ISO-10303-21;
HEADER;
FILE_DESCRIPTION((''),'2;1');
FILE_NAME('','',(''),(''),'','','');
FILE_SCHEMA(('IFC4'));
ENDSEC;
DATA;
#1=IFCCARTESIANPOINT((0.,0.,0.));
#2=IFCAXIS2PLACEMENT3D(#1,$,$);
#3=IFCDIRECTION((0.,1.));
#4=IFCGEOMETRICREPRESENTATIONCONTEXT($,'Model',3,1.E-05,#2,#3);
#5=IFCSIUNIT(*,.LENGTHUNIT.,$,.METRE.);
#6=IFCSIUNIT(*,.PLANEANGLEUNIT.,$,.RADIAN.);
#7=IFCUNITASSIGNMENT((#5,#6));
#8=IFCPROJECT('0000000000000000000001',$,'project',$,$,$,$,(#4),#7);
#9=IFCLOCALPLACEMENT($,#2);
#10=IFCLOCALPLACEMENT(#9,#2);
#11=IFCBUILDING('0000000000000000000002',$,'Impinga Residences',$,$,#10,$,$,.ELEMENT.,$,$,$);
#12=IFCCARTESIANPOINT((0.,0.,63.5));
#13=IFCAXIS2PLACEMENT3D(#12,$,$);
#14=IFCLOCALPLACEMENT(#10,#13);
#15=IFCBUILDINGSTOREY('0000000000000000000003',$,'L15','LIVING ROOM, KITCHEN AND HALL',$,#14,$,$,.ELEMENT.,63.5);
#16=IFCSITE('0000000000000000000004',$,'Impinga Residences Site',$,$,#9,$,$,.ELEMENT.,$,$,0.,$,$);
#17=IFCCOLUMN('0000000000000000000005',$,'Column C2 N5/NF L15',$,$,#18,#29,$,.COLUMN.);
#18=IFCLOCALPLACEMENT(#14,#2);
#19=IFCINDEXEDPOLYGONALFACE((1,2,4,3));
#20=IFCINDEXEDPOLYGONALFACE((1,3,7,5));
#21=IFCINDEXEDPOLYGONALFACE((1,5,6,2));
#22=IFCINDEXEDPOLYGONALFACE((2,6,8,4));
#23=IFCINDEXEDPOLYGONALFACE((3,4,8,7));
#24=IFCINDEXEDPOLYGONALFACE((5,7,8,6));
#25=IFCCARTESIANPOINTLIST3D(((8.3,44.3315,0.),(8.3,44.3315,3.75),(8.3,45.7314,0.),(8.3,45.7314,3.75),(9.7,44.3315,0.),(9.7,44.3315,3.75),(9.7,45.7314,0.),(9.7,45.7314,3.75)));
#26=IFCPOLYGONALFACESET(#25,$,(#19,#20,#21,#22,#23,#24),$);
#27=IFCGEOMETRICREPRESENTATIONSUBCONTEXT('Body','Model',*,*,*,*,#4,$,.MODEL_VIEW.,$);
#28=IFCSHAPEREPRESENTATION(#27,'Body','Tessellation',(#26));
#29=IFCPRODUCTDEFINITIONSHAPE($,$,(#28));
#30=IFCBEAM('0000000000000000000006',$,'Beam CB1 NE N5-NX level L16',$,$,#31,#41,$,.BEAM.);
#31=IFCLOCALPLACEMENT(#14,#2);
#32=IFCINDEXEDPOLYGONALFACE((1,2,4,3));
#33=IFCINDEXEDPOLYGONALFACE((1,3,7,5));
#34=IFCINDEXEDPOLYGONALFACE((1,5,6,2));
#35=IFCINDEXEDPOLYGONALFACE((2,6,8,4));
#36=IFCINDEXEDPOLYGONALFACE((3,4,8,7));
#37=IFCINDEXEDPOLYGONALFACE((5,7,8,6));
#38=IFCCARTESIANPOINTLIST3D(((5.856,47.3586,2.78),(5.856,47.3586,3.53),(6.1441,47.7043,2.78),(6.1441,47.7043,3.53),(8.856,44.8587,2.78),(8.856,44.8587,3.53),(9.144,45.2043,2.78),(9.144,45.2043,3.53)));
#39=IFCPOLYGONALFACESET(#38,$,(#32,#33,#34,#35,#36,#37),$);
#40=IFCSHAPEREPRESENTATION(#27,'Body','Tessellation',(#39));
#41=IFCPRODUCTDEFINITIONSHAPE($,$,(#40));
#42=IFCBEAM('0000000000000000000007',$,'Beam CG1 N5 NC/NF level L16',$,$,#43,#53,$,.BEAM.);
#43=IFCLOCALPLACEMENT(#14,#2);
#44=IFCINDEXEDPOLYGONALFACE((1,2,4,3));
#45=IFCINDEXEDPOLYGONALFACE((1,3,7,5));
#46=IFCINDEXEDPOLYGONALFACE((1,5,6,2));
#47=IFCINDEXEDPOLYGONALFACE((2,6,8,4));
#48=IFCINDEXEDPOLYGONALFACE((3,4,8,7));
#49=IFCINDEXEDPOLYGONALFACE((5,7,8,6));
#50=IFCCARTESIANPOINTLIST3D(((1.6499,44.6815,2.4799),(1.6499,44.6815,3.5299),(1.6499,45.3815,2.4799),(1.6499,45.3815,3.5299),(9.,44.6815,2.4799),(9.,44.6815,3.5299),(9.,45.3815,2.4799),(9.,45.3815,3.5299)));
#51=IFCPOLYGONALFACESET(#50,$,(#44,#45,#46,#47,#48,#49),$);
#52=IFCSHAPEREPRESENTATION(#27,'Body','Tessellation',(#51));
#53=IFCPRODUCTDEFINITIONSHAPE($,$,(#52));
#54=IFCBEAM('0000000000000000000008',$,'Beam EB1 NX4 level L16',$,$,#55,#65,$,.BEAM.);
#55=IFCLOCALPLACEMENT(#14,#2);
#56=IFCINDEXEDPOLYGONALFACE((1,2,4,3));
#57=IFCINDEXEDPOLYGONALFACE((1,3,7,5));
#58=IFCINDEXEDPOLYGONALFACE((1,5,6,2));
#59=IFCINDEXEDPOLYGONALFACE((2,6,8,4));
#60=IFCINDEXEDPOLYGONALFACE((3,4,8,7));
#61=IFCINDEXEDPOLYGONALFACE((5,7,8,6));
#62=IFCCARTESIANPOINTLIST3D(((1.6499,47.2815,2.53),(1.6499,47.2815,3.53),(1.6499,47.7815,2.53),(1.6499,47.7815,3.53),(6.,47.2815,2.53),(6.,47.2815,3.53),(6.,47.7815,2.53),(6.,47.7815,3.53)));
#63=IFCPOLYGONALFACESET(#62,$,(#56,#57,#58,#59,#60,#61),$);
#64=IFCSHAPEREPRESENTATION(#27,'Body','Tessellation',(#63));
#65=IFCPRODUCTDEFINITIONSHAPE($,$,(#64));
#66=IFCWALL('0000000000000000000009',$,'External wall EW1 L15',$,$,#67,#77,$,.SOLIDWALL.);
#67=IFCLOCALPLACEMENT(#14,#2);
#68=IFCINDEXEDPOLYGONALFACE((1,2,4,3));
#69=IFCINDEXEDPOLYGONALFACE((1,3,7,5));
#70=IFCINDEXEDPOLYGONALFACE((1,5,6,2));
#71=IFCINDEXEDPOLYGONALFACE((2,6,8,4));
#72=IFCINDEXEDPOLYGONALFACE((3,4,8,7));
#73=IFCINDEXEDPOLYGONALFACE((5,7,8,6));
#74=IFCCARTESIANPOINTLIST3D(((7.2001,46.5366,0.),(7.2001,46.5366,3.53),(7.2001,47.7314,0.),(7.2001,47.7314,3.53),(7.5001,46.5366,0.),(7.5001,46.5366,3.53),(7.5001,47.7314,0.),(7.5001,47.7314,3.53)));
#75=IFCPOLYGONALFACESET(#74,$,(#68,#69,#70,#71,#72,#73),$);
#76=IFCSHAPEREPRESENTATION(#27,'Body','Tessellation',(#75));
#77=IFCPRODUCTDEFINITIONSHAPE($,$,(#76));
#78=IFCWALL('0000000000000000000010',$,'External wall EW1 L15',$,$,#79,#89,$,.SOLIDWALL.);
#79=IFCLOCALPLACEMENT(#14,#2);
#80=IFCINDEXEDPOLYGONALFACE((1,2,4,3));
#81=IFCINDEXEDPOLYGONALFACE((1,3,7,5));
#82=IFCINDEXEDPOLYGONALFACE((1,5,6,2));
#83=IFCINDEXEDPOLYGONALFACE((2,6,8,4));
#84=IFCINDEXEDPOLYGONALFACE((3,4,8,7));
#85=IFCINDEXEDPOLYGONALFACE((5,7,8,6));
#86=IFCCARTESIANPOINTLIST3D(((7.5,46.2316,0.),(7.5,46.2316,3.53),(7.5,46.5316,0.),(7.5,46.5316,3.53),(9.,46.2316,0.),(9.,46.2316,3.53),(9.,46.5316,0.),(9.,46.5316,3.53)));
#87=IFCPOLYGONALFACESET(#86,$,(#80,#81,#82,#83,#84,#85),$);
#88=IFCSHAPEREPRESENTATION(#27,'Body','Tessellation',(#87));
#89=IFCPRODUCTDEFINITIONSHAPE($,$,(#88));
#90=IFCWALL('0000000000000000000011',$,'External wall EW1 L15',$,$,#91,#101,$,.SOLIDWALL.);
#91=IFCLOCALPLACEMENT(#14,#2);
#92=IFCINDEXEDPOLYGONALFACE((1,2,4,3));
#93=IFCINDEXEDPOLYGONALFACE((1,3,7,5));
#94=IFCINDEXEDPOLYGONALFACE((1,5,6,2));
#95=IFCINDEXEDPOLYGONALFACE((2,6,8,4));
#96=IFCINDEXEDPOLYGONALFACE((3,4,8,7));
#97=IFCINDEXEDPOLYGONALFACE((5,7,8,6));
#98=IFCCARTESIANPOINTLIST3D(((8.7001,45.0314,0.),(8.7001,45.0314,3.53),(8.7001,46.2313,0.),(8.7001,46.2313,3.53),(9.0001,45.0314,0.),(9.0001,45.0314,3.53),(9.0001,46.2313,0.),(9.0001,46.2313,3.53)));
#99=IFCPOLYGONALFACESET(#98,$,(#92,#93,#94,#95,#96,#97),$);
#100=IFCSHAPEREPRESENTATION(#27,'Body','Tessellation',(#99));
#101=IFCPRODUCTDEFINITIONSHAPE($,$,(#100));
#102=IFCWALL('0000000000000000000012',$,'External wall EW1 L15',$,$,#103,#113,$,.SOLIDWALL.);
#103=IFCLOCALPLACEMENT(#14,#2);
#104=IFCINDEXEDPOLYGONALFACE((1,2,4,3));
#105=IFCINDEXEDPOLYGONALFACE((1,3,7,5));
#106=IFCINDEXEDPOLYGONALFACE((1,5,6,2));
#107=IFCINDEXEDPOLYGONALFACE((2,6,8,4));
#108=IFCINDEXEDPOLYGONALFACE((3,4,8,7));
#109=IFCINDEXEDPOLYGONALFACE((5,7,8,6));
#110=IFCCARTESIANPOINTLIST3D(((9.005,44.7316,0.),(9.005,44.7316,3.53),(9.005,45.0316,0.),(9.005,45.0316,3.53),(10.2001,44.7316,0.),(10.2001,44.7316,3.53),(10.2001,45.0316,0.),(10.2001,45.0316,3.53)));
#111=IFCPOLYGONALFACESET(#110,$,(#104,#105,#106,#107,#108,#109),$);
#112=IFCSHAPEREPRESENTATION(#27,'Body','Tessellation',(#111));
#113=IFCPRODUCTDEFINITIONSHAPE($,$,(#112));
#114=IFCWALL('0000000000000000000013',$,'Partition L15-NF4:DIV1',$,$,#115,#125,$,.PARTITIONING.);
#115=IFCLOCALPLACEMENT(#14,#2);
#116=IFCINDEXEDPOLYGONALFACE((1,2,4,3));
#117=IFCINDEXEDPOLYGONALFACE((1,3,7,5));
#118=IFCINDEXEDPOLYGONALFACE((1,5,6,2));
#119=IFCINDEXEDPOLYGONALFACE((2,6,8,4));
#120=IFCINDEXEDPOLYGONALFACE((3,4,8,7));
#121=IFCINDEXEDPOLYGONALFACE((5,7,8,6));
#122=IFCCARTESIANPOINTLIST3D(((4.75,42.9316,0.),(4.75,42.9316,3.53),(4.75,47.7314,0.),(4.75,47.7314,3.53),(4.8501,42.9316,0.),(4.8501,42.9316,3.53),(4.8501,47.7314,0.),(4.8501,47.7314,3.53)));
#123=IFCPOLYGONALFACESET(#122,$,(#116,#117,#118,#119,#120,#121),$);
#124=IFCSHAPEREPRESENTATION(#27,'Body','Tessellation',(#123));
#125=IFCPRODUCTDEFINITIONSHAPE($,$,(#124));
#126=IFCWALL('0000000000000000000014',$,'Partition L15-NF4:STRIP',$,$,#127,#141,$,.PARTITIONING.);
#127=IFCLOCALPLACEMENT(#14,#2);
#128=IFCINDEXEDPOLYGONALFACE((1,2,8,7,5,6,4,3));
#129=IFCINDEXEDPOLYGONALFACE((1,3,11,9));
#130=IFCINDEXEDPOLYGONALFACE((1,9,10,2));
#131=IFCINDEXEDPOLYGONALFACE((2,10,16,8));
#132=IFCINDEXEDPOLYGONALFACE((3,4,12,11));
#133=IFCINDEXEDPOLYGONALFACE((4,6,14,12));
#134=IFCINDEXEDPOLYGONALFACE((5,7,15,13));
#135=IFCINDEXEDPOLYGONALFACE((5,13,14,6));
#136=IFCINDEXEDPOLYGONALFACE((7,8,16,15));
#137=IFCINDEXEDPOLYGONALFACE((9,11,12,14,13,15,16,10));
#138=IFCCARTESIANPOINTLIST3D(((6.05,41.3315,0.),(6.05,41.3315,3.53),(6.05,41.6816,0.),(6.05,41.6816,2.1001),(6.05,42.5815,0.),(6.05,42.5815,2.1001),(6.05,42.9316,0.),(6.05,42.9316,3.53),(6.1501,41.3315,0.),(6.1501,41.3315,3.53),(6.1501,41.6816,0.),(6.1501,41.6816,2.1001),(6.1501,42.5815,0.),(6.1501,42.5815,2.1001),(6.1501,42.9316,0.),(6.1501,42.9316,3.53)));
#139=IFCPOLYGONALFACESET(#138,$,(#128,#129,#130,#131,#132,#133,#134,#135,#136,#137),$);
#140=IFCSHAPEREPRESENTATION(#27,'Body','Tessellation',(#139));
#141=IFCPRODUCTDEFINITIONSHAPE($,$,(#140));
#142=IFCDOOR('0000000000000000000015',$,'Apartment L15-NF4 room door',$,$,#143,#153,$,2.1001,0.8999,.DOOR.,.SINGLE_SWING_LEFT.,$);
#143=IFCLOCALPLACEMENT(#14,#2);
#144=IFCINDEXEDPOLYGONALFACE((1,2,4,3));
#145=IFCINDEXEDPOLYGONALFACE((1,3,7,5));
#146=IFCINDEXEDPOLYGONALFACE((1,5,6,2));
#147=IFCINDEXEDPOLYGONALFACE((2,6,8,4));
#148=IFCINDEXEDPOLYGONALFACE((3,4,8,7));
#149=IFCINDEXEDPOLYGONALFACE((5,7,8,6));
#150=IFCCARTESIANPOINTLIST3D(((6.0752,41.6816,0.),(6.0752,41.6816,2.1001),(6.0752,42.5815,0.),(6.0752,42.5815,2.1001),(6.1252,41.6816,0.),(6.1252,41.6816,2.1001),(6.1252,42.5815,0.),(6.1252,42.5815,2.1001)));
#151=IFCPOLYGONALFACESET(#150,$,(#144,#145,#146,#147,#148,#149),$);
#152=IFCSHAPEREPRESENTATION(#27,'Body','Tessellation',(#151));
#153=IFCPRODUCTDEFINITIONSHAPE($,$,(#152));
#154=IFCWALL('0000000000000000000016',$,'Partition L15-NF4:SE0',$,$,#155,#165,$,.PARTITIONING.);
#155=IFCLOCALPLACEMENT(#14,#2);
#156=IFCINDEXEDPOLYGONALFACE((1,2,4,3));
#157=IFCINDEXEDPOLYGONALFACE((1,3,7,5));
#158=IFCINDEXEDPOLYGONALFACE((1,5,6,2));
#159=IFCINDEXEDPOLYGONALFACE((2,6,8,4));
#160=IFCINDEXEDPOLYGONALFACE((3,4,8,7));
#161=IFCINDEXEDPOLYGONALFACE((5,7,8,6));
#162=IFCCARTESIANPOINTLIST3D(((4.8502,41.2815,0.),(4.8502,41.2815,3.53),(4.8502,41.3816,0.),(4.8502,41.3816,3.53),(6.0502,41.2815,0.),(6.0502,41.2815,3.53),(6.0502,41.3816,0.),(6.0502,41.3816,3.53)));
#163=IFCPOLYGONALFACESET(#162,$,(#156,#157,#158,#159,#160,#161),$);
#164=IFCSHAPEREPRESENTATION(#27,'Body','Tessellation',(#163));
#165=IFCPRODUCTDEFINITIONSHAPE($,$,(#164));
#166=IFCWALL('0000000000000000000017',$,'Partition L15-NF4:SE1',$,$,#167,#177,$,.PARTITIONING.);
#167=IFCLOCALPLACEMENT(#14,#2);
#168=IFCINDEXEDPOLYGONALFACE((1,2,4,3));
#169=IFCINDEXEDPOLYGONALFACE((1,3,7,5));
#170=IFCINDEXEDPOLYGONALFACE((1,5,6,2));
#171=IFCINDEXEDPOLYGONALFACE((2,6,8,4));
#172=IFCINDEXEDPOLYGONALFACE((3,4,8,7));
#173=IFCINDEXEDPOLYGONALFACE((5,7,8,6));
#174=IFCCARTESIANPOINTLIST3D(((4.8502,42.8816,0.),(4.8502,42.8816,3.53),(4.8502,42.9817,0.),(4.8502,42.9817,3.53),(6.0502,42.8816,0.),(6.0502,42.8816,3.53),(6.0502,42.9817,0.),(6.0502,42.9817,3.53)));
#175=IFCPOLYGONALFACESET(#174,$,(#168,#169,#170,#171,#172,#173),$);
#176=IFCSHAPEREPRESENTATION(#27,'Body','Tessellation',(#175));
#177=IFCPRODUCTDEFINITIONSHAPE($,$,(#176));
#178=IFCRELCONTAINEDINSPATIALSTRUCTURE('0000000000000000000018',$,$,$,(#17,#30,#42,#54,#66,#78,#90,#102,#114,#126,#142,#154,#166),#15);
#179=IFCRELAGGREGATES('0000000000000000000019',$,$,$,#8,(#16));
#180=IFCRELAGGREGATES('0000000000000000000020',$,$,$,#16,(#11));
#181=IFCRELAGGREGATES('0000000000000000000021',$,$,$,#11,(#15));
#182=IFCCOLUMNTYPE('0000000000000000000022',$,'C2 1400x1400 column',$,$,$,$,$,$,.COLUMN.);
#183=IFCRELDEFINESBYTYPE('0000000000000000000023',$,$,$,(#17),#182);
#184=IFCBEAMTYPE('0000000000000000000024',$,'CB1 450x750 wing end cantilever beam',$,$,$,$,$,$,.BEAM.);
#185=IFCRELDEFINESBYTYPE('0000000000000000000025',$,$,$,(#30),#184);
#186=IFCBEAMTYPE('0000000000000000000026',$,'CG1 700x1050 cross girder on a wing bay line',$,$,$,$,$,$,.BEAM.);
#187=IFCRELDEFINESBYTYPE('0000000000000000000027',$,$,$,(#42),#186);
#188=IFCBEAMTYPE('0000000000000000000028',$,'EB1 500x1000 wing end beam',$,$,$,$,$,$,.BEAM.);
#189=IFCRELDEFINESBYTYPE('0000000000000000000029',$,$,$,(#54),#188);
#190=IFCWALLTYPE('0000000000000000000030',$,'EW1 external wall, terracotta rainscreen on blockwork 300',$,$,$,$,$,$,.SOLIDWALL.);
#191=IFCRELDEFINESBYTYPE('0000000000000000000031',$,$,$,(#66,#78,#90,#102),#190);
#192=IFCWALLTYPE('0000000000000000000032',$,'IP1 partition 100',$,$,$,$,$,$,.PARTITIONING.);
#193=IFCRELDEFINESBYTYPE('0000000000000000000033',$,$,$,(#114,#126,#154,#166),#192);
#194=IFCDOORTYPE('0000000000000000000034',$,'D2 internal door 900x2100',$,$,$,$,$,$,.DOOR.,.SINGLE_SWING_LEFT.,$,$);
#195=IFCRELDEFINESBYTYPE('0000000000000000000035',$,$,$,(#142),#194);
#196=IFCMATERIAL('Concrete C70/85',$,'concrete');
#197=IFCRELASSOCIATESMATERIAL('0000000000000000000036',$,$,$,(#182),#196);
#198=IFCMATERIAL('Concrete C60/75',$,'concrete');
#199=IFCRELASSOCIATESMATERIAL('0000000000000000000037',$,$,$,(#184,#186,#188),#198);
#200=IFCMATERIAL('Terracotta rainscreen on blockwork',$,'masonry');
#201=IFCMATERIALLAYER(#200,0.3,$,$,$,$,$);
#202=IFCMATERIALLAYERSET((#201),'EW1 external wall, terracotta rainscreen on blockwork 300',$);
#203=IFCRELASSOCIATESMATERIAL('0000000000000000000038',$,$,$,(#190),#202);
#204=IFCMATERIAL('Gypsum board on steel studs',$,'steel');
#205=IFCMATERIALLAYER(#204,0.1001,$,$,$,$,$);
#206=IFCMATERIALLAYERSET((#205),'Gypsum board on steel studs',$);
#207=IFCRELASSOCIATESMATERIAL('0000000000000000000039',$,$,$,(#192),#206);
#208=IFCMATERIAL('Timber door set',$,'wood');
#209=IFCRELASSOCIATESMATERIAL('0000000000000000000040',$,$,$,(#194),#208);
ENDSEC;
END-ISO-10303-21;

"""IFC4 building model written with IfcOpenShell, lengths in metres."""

from ifc_helpers import new_model, si_unit, direction, frame, frame_2d, origin, origin_2d, place, context, subcontext, project, spatial, rectangle, extrude, material, layer, layer_set, material_profile, profile_set, type_object, element, fill, save


model = new_model("IFC4")

# Units and contexts
model_context = context("Model", 3, precision=1e-05, world=origin(), true_north=direction((0.0, 1.0)))
body_context = subcontext(model_context, "Body", "Model", "MODEL_VIEW")
ifc_project = project(units=[si_unit("LENGTHUNIT", "METRE"), si_unit("PLANEANGLEUNIT", "RADIAN")], contexts=[model_context])

# Site, building, storey
site_placement = place(None, origin())
site = spatial("IfcSite", under=ifc_project, at=site_placement, Name="Impinga Residences Site", CompositionType="ELEMENT", RefElevation=0.0)
building_placement = place(site_placement, origin())
building = spatial("IfcBuilding", under=site, at=building_placement, Name="Impinga Residences", CompositionType="ELEMENT")
storey_placement = place(building_placement, frame((0.0, 0.0, 63.5)))
storey = spatial("IfcBuildingStorey", under=building, at=storey_placement, Name="L15", Description="LIVING ROOM, KITCHEN AND HALL", CompositionType="ELEMENT", Elevation=63.5)

# Column
ifc_material_1 = material(Name="Concrete C70/85", Category="concrete")
ifc_material_profile_1 = material_profile(ifc_material_1, rectangle(XDim=1.3999, YDim=1.3999, at=origin_2d()), Name="RC 1400x1400")
ifc_profile_set_1 = profile_set([ifc_material_profile_1], Name="Concrete C70/85")
column_type = type_object("IfcColumnType", Name="C2 1400x1400 column", PredefinedType="COLUMN", material=ifc_profile_set_1)
column_placement = place(storey_placement, frame((9.0, 45.0315, 0.0), z_axis=(0.0, 0.0, 1.0), x_axis=(1.0, 0.0, 0.0)))
element("IfcColumn", 1, at=column_placement, inside=storey, type_object=column_type, Name="Column C2 N5/NF L15", PredefinedType="COLUMN", context=body_context, shape_type="SweptSolid", body=[
    extrude(rectangle(XDim=1.3999, YDim=1.3999, at=origin_2d()), origin(), (0.0, 0.0, 1.0), 3.75),
])

# Beams
ifc_material_2 = material(Name="Concrete C60/75", Category="concrete")
ifc_material_profile_2 = material_profile(ifc_material_2, rectangle(XDim=0.45, YDim=0.75, at=origin_2d()), Name="RC 450x750")
ifc_profile_set_2 = profile_set([ifc_material_profile_2], Name="Concrete C60/75")
beam_type_1 = type_object("IfcBeamType", Name="CB1 450x750 wing end cantilever beam", PredefinedType="BEAM", material=ifc_profile_set_2)
beam_1_placement = place(storey_placement, frame((9.0, 45.0315, 3.155), z_axis=(-0.768221, 0.640184, 0.0), x_axis=(-0.640184, -0.768221, 0.0)))
element("IfcBeam", 2, at=beam_1_placement, inside=storey, type_object=beam_type_1, Name="Beam CB1 NE N5-NX level L16", PredefinedType="BEAM", context=body_context, shape_type="SweptSolid", body=[
    extrude(rectangle(XDim=0.45, YDim=0.75, at=origin_2d()), origin(), (0.0, 0.0, 1.0), 3.905),
])
ifc_material_profile_3 = material_profile(ifc_material_2, rectangle(XDim=0.7, YDim=1.05, at=origin_2d()), Name="RC 700x1050")
ifc_profile_set_3 = profile_set([ifc_material_profile_3], Name="Concrete C60/75")
beam_type_2 = type_object("IfcBeamType", Name="CG1 700x1050 cross girder on a wing bay line", PredefinedType="BEAM", material=ifc_profile_set_3)
beam_2_placement = place(storey_placement, frame((1.6499, 45.0315, 3.0049), z_axis=(1.0, 0.0, 0.0), x_axis=(0.0, 1.0, 0.0)))
element("IfcBeam", 3, at=beam_2_placement, inside=storey, type_object=beam_type_2, Name="Beam CG1 N5 NC/NF level L16", PredefinedType="BEAM", context=body_context, shape_type="SweptSolid", body=[
    extrude(rectangle(XDim=0.7, YDim=1.05, at=origin_2d()), origin(), (0.0, 0.0, 1.0), 7.3501),
])
ifc_material_profile_4 = material_profile(ifc_material_2, rectangle(XDim=0.5, YDim=1.0, at=origin_2d()), Name="RC 500x1000")
ifc_profile_set_4 = profile_set([ifc_material_profile_4], Name="Concrete C60/75")
beam_type_3 = type_object("IfcBeamType", Name="EB1 500x1000 wing end beam", PredefinedType="BEAM", material=ifc_profile_set_4)
beam_3_placement = place(storey_placement, frame((1.6499, 47.5315, 3.03), z_axis=(1.0, 0.0, 0.0), x_axis=(0.0, 1.0, 0.0)))
element("IfcBeam", 4, at=beam_3_placement, inside=storey, type_object=beam_type_3, Name="Beam EB1 NX4 level L16", PredefinedType="BEAM", context=body_context, shape_type="SweptSolid", body=[
    extrude(rectangle(XDim=0.5, YDim=1.0, at=origin_2d()), origin(), (0.0, 0.0, 1.0), 4.3501),
])

# Walls
ifc_material_3 = material(Name="Terracotta rainscreen on blockwork", Category="masonry")
ifc_layer_1 = layer(ifc_material_3, 0.3)
ifc_layer_set_1 = layer_set([ifc_layer_1], Name="EW1 external wall, terracotta rainscreen on blockwork 300")
wall_type_1 = type_object("IfcWallType", Name="EW1 external wall, terracotta rainscreen on blockwork 300", PredefinedType="SOLIDWALL", material=ifc_layer_set_1)
wall_1_placement = place(storey_placement, frame((7.3501, 47.7314, 0.0), z_axis=(0.0, 0.0, 1.0), x_axis=(0.0, -1.0, 0.0)))
element("IfcWall", 5, at=wall_1_placement, inside=storey, type_object=wall_type_1, Name="External wall EW1 L15", PredefinedType="SOLIDWALL", context=body_context, shape_type="SweptSolid", body=[
    extrude(rectangle(XDim=1.1948, YDim=0.3, at=frame_2d((0.5974, 0.0))), origin(), (0.0, 0.0, 1.0), 3.53),
])
wall_2_placement = place(storey_placement, frame((7.5, 46.3816, 0.0), z_axis=(0.0, 0.0, 1.0), x_axis=(1.0, 0.0, 0.0)))
element("IfcWall", 6, at=wall_2_placement, inside=storey, type_object=wall_type_1, Name="External wall EW1 L15", PredefinedType="SOLIDWALL", context=body_context, shape_type="SweptSolid", body=[
    extrude(rectangle(XDim=1.5, YDim=0.3, at=frame_2d((0.75, 0.0))), origin(), (0.0, 0.0, 1.0), 3.53),
])
wall_3_placement = place(storey_placement, frame((8.8501, 46.2314, 0.0), z_axis=(0.0, 0.0, 1.0), x_axis=(0.0, -1.0, 0.0)))
element("IfcWall", 7, at=wall_3_placement, inside=storey, type_object=wall_type_1, Name="External wall EW1 L15", PredefinedType="SOLIDWALL", context=body_context, shape_type="SweptSolid", body=[
    extrude(rectangle(XDim=1.2, YDim=0.3, at=frame_2d((0.6001, 0.0))), origin(), (0.0, 0.0, 1.0), 3.53),
])
wall_4_placement = place(storey_placement, frame((9.0049, 44.8816, 0.0), z_axis=(0.0, 0.0, 1.0), x_axis=(1.0, 0.0, 0.0)))
element("IfcWall", 8, at=wall_4_placement, inside=storey, type_object=wall_type_1, Name="External wall EW1 L15", PredefinedType="SOLIDWALL", context=body_context, shape_type="SweptSolid", body=[
    extrude(rectangle(XDim=1.1951, YDim=0.3, at=frame_2d((0.5977, 0.0))), origin(), (0.0, 0.0, 1.0), 3.53),
])

# Wall
ifc_material_4 = material(Name="Gypsum board on steel studs", Category="steel")
ifc_layer_2 = layer(ifc_material_4, 0.1001)
ifc_layer_set_2 = layer_set([ifc_layer_2], Name="Gypsum board on steel studs")
wall_type_2 = type_object("IfcWallType", Name="IP1 partition 100", PredefinedType="PARTITIONING", material=ifc_layer_set_2)
wall_5_placement = place(storey_placement, frame((4.8, 42.9316, 0.0), z_axis=(0.0, 0.0, 1.0), x_axis=(0.0, 1.0, 0.0)))
element("IfcWall", 9, at=wall_5_placement, inside=storey, type_object=wall_type_2, Name="Partition L15-NF4:DIV1", PredefinedType="PARTITIONING", context=body_context, shape_type="SweptSolid", body=[
    extrude(rectangle(XDim=4.7998, YDim=0.1001, at=frame_2d((2.3999, 0.0))), origin(), (0.0, 0.0, 1.0), 3.53),
])

# Wall, opening, door
wall_6_placement = place(storey_placement, frame((6.1001, 41.3315, 0.0), z_axis=(0.0, 0.0, 1.0), x_axis=(0.0, 1.0, 0.0)))
wall_6 = element("IfcWall", 10, at=wall_6_placement, inside=storey, type_object=wall_type_2, Name="Partition L15-NF4:STRIP", PredefinedType="PARTITIONING", context=body_context, shape_type="SweptSolid", body=[
    extrude(rectangle(XDim=1.6001, YDim=0.1001, at=frame_2d((0.8, 0.0))), origin(), (0.0, 0.0, 1.0), 3.53),
])
opening_1_placement = place(wall_6_placement, frame((0.3501, 0.0, 0.0)))
opening_1 = element("IfcOpeningElement", 11, at=opening_1_placement, cuts=wall_6, PredefinedType="OPENING", context=body_context, shape_type="SweptSolid", body=[
    extrude(rectangle(XDim=0.8999, YDim=2.1001, at=frame_2d((0.45, 1.05))), frame((0.0, 0.0601, 0.0), z_axis=(0.0, -1.0, 0.0), x_axis=(1.0, 0.0, 0.0)), (0.0, 0.0, 1.0), 0.1201),
])
ifc_material_5 = material(Name="Timber door set", Category="wood")
door_type = type_object("IfcDoorType", Name="D2 internal door 900x2100", OperationType="SINGLE_SWING_LEFT", PredefinedType="DOOR", material=ifc_material_5)
door_1_placement = place(opening_1_placement, origin())
door_1 = element("IfcDoor", 12, at=door_1_placement, inside=storey, type_object=door_type, Name="Apartment L15-NF4 room door", OperationType="SINGLE_SWING_LEFT", OverallHeight=2.1001, OverallWidth=0.8999, PredefinedType="DOOR", context=body_context, shape_type="SweptSolid", body=[
    extrude(rectangle(XDim=0.8999, YDim=2.1001, at=frame_2d((0.45, 1.05))), frame((0.0, 0.0249, 0.0), z_axis=(0.0, -1.0, 0.0), x_axis=(1.0, 0.0, 0.0)), (0.0, 0.0, 1.0), 0.05),
])
fill(opening_1, door_1)

# Walls
for number, where, z_axis, x_axis, name in (
    (13, (4.8501, 41.3315, 0.0), (0.0, 0.0, 1.0), (1.0, 0.0, 0.0), "Partition L15-NF4:SE0"),
    (14, (4.8501, 42.9316, 0.0), (0.0, 0.0, 1.0), (1.0, 0.0, 0.0), "Partition L15-NF4:SE1"),
):
    element("IfcWall", number, at=place(storey_placement, frame(where, z_axis=z_axis, x_axis=x_axis)), inside=storey, type_object=wall_type_2, Name=name, PredefinedType="PARTITIONING", context=body_context, shape_type="SweptSolid", body=[
        extrude(rectangle(XDim=1.2, YDim=0.1001, at=frame_2d((0.6001, 0.0))), origin(), (0.0, 0.0, 1.0), 3.53),
    ])

save(model, "model.ifc")
